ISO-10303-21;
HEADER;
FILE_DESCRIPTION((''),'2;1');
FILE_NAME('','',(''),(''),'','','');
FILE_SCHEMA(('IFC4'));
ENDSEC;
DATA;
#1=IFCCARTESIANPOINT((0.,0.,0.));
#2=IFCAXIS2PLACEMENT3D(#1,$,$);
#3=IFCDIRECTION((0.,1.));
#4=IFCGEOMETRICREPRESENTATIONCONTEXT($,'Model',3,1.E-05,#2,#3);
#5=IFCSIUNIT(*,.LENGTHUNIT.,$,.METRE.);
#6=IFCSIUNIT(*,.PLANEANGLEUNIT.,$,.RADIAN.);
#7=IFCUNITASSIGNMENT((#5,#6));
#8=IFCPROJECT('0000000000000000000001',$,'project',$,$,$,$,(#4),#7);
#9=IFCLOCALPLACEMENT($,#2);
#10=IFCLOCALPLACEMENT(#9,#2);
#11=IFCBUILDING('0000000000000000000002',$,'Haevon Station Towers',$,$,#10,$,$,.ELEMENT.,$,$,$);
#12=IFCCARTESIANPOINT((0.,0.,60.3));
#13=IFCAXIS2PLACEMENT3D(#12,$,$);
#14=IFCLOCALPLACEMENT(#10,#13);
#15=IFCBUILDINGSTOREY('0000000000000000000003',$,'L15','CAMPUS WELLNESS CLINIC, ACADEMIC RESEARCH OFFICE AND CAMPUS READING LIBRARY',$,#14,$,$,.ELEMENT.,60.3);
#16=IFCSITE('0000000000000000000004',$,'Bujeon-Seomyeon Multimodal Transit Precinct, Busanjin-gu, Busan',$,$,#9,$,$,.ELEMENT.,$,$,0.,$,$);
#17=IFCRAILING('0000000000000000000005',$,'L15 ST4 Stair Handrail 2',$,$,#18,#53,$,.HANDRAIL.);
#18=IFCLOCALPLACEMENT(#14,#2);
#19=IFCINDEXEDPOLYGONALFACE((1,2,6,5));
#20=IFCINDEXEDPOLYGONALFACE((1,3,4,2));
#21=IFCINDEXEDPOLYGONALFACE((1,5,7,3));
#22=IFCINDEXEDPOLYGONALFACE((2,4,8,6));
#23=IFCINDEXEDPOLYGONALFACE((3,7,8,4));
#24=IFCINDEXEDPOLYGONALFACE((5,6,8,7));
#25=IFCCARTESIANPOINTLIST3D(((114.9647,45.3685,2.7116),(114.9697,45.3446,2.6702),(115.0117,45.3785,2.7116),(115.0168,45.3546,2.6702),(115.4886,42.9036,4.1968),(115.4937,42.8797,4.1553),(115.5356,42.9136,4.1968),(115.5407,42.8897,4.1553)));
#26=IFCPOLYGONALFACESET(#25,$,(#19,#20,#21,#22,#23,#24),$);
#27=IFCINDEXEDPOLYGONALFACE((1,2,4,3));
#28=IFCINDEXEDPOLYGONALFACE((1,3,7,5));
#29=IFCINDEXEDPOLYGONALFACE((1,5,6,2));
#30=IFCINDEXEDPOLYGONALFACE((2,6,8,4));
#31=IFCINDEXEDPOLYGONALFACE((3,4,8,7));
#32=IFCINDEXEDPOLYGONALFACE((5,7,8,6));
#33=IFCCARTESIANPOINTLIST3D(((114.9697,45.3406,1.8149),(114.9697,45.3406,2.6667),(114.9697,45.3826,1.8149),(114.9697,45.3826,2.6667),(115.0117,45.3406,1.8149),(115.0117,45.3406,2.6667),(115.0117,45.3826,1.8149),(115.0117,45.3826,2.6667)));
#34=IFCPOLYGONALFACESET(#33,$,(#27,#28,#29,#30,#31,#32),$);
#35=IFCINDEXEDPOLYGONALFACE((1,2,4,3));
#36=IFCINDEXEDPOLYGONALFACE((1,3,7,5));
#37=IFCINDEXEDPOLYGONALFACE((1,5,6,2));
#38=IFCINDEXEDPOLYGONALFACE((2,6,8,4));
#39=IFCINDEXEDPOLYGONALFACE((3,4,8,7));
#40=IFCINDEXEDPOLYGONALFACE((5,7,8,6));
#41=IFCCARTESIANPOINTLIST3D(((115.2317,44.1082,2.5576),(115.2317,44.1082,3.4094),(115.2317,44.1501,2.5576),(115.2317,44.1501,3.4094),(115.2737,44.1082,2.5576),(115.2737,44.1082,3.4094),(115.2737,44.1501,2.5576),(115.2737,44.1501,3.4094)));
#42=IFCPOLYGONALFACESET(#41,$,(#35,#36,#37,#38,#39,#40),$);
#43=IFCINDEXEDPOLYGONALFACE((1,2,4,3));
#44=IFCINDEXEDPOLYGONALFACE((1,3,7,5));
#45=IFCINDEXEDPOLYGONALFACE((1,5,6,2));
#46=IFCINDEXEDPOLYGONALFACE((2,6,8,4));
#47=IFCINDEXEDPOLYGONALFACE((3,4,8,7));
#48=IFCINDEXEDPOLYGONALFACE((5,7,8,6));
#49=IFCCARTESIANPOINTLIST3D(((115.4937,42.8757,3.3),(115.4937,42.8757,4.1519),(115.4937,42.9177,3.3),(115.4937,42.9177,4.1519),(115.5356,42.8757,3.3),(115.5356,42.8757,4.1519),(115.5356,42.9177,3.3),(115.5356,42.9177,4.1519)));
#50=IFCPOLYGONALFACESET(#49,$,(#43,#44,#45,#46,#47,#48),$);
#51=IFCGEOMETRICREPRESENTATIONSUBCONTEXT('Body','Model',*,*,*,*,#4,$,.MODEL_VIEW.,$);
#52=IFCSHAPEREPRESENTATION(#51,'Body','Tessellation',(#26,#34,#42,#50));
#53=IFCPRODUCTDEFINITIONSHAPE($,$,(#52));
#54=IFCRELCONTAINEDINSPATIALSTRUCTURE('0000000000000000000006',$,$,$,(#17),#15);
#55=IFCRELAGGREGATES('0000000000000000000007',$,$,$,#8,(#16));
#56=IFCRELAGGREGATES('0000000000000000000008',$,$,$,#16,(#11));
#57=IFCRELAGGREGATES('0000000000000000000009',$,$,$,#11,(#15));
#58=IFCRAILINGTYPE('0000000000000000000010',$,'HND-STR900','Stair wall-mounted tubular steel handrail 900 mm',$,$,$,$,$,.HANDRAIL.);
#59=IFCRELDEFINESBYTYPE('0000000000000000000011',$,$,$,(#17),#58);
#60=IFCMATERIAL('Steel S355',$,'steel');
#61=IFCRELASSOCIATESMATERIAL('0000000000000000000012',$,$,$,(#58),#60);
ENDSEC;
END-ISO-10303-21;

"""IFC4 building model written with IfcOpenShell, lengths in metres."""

from ifc_helpers import new_model, si_unit, direction, frame, origin, origin_2d, place, context, subcontext, project, spatial, rectangle, extrude, material, type_object, element, save


model = new_model("IFC4")

# Units and contexts
model_context = context("Model", 3, precision=1e-05, world=origin(), true_north=direction((0.0, 1.0)))
body_context = subcontext(model_context, "Body", "Model", "MODEL_VIEW")
ifc_project = project(units=[si_unit("LENGTHUNIT", "METRE"), si_unit("PLANEANGLEUNIT", "RADIAN")], contexts=[model_context])

# Site, building, storey
site_placement = place(None, origin())
site = spatial("IfcSite", under=ifc_project, at=site_placement, Name="Bujeon-Seomyeon Multimodal Transit Precinct, Busanjin-gu, Busan", CompositionType="ELEMENT", RefElevation=0.0)
building_placement = place(site_placement, origin())
building = spatial("IfcBuilding", under=site, at=building_placement, Name="Haevon Station Towers", CompositionType="ELEMENT")
storey_placement = place(building_placement, frame((0.0, 0.0, 60.3)))
storey = spatial("IfcBuildingStorey", under=building, at=storey_placement, Name="L15", Description="CAMPUS WELLNESS CLINIC, ACADEMIC RESEARCH OFFICE AND CAMPUS READING LIBRARY", CompositionType="ELEMENT", Elevation=60.3)

# Shared definitions
ifc_material_1 = material(Name="Steel S355", Category="steel")

# Railing
railing_type_1 = type_object("IfcRailingType", Name="HND-STR900", Description="Stair wall-mounted tubular steel handrail 900 mm", PredefinedType="HANDRAIL", material=ifc_material_1)
railing_1_placement = place(storey_placement, frame((114.9907, 45.3616, 1.8149)))
element("IfcRailing", 1, at=railing_1_placement, inside=storey, type_object=railing_type_1, Name="L15 ST4 Stair Handrail 2", PredefinedType="HANDRAIL", context=body_context, shape_type="SweptSolid", body=[
    extrude(rectangle(XDim=0.0481, YDim=0.0481, at=origin_2d()), frame((0.0, 0.0, 0.876), z_axis=(0.179121, -0.842688, 0.507733), x_axis=(0.978147, 0.207914, 0.0)), (0.0, 0.0, 1.0), 2.925),
    extrude(rectangle(XDim=0.042, YDim=0.042, at=origin_2d()), origin(), (0.0, 0.0, 1.0), 0.8518),
    extrude(rectangle(XDim=0.042, YDim=0.042, at=origin_2d()), frame((0.262, -1.2324, 0.7427)), (0.0, 0.0, 1.0), 0.8518),
    extrude(rectangle(XDim=0.042, YDim=0.042, at=origin_2d()), frame((0.5239, -2.4648, 1.4851)), (0.0, 0.0, 1.0), 0.8518),
])

save(model, "model.ifc")
